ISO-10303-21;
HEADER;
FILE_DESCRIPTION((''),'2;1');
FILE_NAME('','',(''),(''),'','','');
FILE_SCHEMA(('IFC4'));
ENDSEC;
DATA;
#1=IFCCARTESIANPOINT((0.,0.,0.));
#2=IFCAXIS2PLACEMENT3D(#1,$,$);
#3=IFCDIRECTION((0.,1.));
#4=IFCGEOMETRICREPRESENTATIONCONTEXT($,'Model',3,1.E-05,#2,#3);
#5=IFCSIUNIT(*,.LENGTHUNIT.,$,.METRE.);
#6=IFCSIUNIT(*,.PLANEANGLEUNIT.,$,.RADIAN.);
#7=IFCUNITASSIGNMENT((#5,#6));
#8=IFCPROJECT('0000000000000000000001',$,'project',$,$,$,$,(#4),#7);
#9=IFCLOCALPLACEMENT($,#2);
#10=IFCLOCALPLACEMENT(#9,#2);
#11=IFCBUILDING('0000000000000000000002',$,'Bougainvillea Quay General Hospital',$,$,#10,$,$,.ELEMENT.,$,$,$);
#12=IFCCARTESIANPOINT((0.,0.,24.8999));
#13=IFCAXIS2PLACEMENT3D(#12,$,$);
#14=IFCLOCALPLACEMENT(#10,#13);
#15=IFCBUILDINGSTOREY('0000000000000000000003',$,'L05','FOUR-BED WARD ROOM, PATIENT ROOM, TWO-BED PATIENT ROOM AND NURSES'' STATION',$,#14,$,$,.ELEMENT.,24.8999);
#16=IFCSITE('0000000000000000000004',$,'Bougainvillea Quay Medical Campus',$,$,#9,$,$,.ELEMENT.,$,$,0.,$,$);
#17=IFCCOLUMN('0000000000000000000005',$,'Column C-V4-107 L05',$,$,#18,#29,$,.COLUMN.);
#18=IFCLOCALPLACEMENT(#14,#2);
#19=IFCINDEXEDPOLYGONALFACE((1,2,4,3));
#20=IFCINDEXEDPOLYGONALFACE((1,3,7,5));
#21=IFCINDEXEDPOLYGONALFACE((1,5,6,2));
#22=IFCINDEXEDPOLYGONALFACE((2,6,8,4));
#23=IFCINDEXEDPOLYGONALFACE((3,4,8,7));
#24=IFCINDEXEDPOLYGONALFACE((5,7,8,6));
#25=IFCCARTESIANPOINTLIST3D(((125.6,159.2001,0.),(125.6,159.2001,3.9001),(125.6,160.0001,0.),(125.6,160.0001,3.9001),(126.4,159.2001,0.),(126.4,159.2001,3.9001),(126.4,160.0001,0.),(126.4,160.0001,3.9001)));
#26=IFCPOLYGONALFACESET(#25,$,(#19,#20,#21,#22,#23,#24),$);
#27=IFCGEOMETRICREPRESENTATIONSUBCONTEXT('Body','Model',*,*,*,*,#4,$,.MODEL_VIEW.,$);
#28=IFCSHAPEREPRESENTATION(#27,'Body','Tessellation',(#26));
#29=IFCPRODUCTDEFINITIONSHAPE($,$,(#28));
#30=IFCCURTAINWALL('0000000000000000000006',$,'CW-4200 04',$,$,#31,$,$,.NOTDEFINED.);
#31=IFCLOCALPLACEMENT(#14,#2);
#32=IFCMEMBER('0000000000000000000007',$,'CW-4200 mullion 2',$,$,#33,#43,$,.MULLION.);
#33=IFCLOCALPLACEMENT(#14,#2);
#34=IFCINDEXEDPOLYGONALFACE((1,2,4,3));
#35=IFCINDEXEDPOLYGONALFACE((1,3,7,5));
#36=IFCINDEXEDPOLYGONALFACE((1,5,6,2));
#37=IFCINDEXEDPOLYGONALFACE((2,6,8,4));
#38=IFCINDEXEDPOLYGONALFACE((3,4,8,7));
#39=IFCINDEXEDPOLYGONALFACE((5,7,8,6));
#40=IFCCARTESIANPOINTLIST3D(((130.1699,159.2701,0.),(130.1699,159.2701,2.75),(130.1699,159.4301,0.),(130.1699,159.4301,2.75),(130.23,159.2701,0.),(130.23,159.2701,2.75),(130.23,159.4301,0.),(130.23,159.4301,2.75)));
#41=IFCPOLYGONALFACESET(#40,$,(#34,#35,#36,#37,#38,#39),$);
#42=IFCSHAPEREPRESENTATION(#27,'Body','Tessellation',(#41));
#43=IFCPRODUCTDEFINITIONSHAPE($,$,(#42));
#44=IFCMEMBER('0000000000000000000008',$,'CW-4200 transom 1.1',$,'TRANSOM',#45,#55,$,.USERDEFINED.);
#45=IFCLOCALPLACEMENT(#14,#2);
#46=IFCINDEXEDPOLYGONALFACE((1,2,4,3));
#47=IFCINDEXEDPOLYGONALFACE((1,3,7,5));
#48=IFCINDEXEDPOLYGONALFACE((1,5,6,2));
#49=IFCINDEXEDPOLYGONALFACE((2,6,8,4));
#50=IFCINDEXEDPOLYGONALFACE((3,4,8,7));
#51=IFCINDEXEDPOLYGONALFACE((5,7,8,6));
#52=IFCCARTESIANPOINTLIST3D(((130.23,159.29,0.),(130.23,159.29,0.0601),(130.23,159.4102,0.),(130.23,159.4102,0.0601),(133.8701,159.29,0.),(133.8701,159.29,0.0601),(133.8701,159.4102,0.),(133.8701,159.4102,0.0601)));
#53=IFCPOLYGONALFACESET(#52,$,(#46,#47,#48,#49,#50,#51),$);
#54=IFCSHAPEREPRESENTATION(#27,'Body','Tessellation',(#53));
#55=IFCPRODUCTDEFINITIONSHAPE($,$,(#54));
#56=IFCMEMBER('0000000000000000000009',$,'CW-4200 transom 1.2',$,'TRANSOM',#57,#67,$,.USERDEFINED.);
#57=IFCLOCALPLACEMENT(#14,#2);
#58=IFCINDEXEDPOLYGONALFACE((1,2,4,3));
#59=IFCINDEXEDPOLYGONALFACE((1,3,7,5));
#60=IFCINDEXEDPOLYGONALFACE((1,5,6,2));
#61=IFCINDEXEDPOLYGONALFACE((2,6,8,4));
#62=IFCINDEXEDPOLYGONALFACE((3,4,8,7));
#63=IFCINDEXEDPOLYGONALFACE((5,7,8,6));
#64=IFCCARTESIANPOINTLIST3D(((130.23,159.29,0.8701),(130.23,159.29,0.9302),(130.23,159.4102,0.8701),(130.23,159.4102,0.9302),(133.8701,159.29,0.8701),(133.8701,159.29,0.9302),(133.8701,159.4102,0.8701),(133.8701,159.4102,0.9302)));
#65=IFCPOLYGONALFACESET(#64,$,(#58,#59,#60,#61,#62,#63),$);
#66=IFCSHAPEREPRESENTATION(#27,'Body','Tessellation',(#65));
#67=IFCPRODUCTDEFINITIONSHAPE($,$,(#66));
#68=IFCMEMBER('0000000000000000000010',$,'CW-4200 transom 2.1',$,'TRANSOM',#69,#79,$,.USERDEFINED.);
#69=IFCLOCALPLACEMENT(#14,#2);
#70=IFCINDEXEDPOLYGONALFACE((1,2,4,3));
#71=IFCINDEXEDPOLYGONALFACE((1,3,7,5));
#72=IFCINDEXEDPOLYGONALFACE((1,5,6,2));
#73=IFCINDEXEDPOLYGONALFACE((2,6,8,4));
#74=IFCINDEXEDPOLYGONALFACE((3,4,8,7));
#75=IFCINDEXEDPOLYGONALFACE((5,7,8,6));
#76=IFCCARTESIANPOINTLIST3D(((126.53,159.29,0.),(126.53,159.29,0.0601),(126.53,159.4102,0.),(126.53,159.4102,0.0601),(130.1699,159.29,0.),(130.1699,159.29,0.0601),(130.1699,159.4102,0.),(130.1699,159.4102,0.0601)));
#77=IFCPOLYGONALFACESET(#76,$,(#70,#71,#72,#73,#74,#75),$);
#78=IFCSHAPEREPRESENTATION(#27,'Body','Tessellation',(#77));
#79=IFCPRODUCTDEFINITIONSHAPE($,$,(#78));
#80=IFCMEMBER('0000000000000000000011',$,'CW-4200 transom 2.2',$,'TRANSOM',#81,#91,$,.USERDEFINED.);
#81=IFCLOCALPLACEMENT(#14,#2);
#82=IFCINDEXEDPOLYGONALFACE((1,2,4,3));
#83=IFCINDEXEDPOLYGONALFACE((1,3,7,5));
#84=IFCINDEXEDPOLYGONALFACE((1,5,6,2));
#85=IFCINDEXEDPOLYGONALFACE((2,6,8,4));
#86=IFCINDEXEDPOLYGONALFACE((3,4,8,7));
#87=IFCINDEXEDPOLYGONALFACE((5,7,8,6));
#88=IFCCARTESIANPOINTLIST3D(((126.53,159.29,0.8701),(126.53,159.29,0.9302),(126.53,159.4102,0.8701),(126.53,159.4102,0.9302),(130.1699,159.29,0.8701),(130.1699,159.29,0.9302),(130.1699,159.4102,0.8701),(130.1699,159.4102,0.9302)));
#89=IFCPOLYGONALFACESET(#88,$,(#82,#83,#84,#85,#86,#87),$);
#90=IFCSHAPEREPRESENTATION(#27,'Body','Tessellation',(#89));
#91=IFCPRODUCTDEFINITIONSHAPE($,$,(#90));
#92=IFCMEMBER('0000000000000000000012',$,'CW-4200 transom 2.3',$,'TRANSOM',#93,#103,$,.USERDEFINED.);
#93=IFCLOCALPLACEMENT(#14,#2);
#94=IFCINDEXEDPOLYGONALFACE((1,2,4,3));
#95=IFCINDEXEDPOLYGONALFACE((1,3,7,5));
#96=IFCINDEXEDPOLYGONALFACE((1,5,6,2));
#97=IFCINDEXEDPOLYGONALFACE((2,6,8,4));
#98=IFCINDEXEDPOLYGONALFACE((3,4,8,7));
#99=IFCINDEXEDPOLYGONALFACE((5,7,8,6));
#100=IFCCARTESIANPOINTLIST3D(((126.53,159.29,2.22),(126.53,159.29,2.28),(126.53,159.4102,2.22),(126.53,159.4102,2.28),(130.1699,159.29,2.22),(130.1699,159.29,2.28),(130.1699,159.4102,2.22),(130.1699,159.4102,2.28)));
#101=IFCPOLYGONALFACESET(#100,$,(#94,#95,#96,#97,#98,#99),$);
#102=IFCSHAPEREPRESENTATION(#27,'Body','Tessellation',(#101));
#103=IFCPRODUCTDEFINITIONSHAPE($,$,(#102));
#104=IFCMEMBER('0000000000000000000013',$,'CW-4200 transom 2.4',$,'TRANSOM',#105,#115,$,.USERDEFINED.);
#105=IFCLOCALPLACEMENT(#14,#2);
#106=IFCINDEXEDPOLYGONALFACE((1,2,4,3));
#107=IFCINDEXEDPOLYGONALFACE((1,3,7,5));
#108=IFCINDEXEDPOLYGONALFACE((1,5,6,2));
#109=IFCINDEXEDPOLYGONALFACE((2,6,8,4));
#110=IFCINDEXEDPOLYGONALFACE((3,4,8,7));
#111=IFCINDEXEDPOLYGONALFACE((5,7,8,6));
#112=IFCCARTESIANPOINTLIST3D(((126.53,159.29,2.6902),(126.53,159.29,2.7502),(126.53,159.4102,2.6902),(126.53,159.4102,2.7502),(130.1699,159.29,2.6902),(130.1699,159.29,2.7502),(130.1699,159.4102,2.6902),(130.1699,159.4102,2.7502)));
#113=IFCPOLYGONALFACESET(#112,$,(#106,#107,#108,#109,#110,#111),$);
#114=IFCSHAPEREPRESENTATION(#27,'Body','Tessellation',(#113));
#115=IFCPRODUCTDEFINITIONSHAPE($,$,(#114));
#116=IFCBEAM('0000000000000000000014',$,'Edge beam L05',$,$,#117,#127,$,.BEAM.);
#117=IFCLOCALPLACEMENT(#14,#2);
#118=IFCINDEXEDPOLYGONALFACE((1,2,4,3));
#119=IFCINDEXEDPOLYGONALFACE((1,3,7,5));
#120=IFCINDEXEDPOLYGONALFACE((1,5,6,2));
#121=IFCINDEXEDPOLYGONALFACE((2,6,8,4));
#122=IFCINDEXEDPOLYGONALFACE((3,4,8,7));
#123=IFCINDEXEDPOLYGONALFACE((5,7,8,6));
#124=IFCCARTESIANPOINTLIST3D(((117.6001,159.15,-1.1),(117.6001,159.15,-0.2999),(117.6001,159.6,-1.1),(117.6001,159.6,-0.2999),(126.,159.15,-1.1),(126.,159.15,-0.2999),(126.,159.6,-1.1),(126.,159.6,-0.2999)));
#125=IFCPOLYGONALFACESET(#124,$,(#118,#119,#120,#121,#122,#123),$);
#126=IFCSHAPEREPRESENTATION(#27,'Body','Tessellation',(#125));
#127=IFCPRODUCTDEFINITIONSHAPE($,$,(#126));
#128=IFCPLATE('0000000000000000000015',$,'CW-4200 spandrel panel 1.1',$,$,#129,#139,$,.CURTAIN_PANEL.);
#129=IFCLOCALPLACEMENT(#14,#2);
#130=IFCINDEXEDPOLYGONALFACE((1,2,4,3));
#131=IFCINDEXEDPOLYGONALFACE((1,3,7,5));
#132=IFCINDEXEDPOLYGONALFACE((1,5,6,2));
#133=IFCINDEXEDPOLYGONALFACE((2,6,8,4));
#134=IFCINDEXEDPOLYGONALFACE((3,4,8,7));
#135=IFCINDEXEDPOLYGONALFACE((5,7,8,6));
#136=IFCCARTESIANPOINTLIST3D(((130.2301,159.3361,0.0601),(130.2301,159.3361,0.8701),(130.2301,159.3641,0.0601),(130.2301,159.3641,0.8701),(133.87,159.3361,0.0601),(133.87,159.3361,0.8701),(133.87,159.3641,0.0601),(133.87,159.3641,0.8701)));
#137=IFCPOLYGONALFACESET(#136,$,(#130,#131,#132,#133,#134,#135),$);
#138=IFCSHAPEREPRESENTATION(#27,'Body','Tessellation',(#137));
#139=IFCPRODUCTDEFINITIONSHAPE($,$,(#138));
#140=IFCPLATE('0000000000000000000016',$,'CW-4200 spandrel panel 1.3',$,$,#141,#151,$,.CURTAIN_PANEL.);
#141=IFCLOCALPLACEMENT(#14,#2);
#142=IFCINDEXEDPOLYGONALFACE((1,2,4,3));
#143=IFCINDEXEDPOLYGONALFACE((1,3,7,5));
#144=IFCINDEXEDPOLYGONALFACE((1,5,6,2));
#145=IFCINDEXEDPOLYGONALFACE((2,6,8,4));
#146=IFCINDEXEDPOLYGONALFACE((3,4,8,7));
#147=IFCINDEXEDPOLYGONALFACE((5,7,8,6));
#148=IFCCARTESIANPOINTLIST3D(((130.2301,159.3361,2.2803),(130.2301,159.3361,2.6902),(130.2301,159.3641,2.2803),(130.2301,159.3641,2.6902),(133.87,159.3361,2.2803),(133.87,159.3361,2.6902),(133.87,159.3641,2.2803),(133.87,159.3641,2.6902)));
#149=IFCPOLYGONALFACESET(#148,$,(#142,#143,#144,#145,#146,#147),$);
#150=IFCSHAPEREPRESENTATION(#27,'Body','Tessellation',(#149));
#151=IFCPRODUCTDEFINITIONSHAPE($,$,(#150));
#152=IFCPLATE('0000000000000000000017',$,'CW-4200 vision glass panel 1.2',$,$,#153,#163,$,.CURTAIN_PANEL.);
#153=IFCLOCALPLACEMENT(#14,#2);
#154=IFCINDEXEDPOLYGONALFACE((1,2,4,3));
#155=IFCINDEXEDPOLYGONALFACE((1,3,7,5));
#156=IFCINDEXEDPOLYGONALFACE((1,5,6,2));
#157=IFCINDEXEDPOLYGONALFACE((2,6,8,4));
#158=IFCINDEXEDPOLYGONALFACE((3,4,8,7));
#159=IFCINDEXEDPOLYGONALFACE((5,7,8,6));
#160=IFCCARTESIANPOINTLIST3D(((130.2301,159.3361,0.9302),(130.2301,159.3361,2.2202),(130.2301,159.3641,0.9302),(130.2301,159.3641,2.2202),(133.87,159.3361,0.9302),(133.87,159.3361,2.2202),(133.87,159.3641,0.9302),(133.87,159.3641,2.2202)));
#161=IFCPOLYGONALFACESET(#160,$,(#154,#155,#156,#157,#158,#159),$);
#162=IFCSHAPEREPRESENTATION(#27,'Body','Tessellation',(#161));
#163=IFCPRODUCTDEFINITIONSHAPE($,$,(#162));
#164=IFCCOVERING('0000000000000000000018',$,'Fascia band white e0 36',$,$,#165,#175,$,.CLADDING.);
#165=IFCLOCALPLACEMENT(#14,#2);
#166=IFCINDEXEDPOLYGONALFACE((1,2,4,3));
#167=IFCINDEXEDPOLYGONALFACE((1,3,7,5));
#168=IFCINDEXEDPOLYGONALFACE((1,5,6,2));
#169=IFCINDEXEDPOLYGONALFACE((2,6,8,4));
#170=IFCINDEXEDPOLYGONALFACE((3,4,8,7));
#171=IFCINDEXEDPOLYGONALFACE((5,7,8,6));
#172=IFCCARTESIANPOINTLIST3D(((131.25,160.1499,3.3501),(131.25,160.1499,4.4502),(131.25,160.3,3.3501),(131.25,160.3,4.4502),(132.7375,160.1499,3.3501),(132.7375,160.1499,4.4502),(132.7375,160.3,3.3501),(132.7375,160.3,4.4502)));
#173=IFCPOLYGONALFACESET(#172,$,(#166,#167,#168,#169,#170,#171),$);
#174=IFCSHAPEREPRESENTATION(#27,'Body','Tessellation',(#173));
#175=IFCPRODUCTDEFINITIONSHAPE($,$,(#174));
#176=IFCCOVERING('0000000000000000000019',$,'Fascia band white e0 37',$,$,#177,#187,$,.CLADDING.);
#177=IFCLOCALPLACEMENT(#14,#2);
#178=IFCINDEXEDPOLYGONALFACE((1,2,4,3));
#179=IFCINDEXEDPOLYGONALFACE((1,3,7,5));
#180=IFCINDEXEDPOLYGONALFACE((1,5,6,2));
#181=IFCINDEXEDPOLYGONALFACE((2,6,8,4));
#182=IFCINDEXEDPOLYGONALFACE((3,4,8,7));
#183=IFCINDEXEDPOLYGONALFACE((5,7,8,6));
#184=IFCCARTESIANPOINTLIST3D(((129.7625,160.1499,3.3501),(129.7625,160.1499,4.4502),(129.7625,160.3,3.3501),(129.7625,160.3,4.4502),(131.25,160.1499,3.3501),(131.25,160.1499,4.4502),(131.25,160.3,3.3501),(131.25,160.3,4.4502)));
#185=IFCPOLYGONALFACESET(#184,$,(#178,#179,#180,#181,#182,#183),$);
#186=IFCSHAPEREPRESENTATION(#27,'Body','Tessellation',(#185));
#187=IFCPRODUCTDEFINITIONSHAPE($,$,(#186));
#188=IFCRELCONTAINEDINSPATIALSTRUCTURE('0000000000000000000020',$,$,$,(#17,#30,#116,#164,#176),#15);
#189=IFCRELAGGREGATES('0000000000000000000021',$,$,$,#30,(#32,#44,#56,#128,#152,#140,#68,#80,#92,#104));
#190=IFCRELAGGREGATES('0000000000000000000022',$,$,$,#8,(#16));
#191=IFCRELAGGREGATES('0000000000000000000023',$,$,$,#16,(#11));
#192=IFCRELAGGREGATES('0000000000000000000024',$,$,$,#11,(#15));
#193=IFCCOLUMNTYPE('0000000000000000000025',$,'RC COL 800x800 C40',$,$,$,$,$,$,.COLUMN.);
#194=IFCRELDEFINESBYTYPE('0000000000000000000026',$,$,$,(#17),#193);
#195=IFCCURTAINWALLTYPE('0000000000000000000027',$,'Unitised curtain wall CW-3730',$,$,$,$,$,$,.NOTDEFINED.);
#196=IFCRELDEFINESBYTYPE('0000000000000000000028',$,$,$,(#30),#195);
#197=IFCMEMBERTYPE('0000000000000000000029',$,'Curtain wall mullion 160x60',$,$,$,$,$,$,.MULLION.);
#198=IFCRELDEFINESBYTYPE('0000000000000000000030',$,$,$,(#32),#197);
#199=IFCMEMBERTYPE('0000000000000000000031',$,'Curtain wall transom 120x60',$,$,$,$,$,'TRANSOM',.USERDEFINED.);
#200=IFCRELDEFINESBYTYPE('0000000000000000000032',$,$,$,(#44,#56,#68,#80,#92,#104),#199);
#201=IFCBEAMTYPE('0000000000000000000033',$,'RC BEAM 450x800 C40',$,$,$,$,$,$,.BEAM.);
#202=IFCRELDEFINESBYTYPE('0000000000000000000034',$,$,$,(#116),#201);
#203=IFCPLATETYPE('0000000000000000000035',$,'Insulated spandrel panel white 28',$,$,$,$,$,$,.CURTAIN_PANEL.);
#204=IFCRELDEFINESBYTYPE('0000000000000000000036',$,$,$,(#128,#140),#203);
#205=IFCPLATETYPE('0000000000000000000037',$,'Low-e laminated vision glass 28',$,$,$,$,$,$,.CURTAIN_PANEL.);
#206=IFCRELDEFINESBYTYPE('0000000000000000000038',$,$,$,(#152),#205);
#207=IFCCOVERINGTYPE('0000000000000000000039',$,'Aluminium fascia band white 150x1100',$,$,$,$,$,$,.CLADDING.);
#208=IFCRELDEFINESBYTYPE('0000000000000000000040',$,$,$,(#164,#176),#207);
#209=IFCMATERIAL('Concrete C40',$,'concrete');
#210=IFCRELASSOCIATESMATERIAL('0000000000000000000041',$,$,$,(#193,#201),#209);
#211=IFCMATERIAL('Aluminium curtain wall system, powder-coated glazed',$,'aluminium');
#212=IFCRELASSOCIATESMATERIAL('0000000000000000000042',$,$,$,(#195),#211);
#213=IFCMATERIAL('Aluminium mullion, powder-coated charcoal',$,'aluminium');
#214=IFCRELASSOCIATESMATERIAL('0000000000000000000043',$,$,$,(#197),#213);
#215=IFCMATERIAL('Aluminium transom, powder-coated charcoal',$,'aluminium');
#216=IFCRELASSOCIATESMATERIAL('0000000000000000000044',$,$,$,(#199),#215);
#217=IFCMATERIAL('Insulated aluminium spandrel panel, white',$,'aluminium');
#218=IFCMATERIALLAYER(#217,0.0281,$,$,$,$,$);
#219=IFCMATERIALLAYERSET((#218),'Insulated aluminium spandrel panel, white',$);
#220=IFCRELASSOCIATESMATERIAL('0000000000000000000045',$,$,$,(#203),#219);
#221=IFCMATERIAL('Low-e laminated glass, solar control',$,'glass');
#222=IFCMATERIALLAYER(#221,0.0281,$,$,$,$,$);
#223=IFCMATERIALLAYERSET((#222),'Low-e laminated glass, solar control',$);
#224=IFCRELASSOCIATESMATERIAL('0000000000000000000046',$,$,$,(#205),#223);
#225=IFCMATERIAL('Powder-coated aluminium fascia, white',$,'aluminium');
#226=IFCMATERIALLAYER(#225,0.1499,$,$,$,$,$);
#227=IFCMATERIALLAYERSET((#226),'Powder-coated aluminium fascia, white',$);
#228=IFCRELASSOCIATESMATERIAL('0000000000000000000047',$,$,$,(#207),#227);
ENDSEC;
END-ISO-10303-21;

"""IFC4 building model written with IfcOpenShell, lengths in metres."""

from ifc_helpers import new_model, si_unit, direction, frame, origin, origin_2d, place, context, subcontext, project, spatial, polyline, rectangle, outline, extrude, material, layer, layer_set, material_profile, profile_set, type_object, element, aggregate, save


model = new_model("IFC4")

# Units and contexts
model_context = context("Model", 3, precision=1e-05, world=origin(), true_north=direction((0.0, 1.0)))
body_context = subcontext(model_context, "Body", "Model", "MODEL_VIEW")
ifc_project = project(units=[si_unit("LENGTHUNIT", "METRE"), si_unit("PLANEANGLEUNIT", "RADIAN")], contexts=[model_context])

# Site, building, storey
site_placement = place(None, origin())
site = spatial("IfcSite", under=ifc_project, at=site_placement, Name="Bougainvillea Quay Medical Campus", CompositionType="ELEMENT", RefElevation=0.0)
building_placement = place(site_placement, origin())
building = spatial("IfcBuilding", under=site, at=building_placement, Name="Bougainvillea Quay General Hospital", CompositionType="ELEMENT")
storey_placement = place(building_placement, frame((0.0, 0.0, 24.8999)))
storey = spatial("IfcBuildingStorey", under=building, at=storey_placement, Name="L05", Description="FOUR-BED WARD ROOM, PATIENT ROOM, TWO-BED PATIENT ROOM AND NURSES' STATION", CompositionType="ELEMENT", Elevation=24.8999)

# Column
ifc_material_1 = material(Name="Concrete C40", Category="concrete")
ifc_material_profile_1 = material_profile(ifc_material_1, rectangle(XDim=0.8, YDim=0.8, at=origin_2d()))
ifc_profile_set_1 = profile_set([ifc_material_profile_1], Name="Concrete C40")
column_type = type_object("IfcColumnType", Name="RC COL 800x800 C40", PredefinedType="COLUMN", material=ifc_profile_set_1)
column_placement = place(storey_placement, frame((126.0, 159.6001, 0.0), z_axis=(0.0, 0.0, 1.0), x_axis=(1.0, 0.0, 0.0)))
element("IfcColumn", 1, at=column_placement, inside=storey, type_object=column_type, Name="Column C-V4-107 L05", PredefinedType="COLUMN", context=body_context, shape_type="SweptSolid", body=[
    extrude(rectangle(XDim=0.8, YDim=0.8, at=origin_2d()), origin(), (0.0, 0.0, 1.0), 3.9001),
])

# Curtain wall, members
ifc_material_2 = material(Name="Aluminium curtain wall system, powder-coated glazed", Category="aluminium")
curtain_wall_type = type_object("IfcCurtainWallType", Name="Unitised curtain wall CW-3730", PredefinedType="NOTDEFINED", material=ifc_material_2)
curtain_wall_placement = place(storey_placement, origin())
curtain_wall = element("IfcCurtainWall", 2, at=curtain_wall_placement, inside=storey, type_object=curtain_wall_type, Name="CW-4200 04", PredefinedType="NOTDEFINED")
ifc_material_3 = material(Name="Aluminium mullion, powder-coated charcoal", Category="aluminium")
ifc_material_profile_2 = material_profile(ifc_material_3, rectangle(XDim=0.1599, YDim=0.0601, at=origin_2d()))
ifc_profile_set_2 = profile_set([ifc_material_profile_2], Name="Aluminium mullion, powder-coated charcoal")
member_type_1 = type_object("IfcMemberType", Name="Curtain wall mullion 160x60", PredefinedType="MULLION", material=ifc_profile_set_2)
member_1_placement = place(storey_placement, frame((130.2, 159.3501, 0.0), z_axis=(0.0, 0.0, 1.0), x_axis=(0.0, -1.0, 0.0)))
member_1 = element("IfcMember", 3, at=member_1_placement, type_object=member_type_1, Name="CW-4200 mullion 2", PredefinedType="MULLION", context=body_context, shape_type="SweptSolid", body=[
    extrude(rectangle(XDim=0.1599, YDim=0.0601, at=origin_2d()), origin(), (0.0, 0.0, 1.0), 2.75),
])
ifc_material_4 = material(Name="Aluminium transom, powder-coated charcoal", Category="aluminium")
ifc_material_profile_3 = material_profile(ifc_material_4, rectangle(XDim=0.1201, YDim=0.0601, at=origin_2d()))
ifc_profile_set_3 = profile_set([ifc_material_profile_3], Name="Aluminium transom, powder-coated charcoal")
member_type_2 = type_object("IfcMemberType", Name="Curtain wall transom 120x60", ElementType="TRANSOM", PredefinedType="USERDEFINED", material=ifc_profile_set_3)
member_2_placement = place(storey_placement, frame((133.8701, 159.3501, 0.03), z_axis=(-1.0, 0.0, 0.0), x_axis=(0.0, -1.0, 0.0)))
member_2 = element("IfcMember", 4, at=member_2_placement, type_object=member_type_2, Name="CW-4200 transom 1.1", ObjectType="TRANSOM", PredefinedType="USERDEFINED", context=body_context, shape_type="SweptSolid", body=[
    extrude(rectangle(XDim=0.1201, YDim=0.0601, at=origin_2d()), origin(), (0.0, 0.0, 1.0), 3.6401),
])
member_3_placement = place(storey_placement, frame((133.8701, 159.3501, 0.9001), z_axis=(-1.0, 0.0, 0.0), x_axis=(0.0, -1.0, 0.0)))
member_3 = element("IfcMember", 5, at=member_3_placement, type_object=member_type_2, Name="CW-4200 transom 1.2", ObjectType="TRANSOM", PredefinedType="USERDEFINED", context=body_context, shape_type="SweptSolid", body=[
    extrude(rectangle(XDim=0.1201, YDim=0.0601, at=origin_2d()), origin(), (0.0, 0.0, 1.0), 3.6401),
])
member_4_placement = place(storey_placement, frame((130.1699, 159.3501, 0.03), z_axis=(-1.0, 0.0, 0.0), x_axis=(0.0, -1.0, 0.0)))
member_4 = element("IfcMember", 6, at=member_4_placement, type_object=member_type_2, Name="CW-4200 transom 2.1", ObjectType="TRANSOM", PredefinedType="USERDEFINED", context=body_context, shape_type="SweptSolid", body=[
    extrude(rectangle(XDim=0.1201, YDim=0.0601, at=origin_2d()), origin(), (0.0, 0.0, 1.0), 3.6399),
])
member_5_placement = place(storey_placement, frame((130.1699, 159.3501, 0.9001), z_axis=(-1.0, 0.0, 0.0), x_axis=(0.0, -1.0, 0.0)))
member_5 = element("IfcMember", 7, at=member_5_placement, type_object=member_type_2, Name="CW-4200 transom 2.2", ObjectType="TRANSOM", PredefinedType="USERDEFINED", context=body_context, shape_type="SweptSolid", body=[
    extrude(rectangle(XDim=0.1201, YDim=0.0601, at=origin_2d()), origin(), (0.0, 0.0, 1.0), 3.6399),
])
member_6_placement = place(storey_placement, frame((130.1699, 159.3501, 2.25), z_axis=(-1.0, 0.0, 0.0), x_axis=(0.0, -1.0, 0.0)))
member_6 = element("IfcMember", 8, at=member_6_placement, type_object=member_type_2, Name="CW-4200 transom 2.3", ObjectType="TRANSOM", PredefinedType="USERDEFINED", context=body_context, shape_type="SweptSolid", body=[
    extrude(rectangle(XDim=0.1201, YDim=0.0601, at=origin_2d()), origin(), (0.0, 0.0, 1.0), 3.6399),
])
member_7_placement = place(storey_placement, frame((130.1699, 159.3501, 2.7202), z_axis=(-1.0, 0.0, 0.0), x_axis=(0.0, -1.0, 0.0)))
member_7 = element("IfcMember", 9, at=member_7_placement, type_object=member_type_2, Name="CW-4200 transom 2.4", ObjectType="TRANSOM", PredefinedType="USERDEFINED", context=body_context, shape_type="SweptSolid", body=[
    extrude(rectangle(XDim=0.1201, YDim=0.0601, at=origin_2d()), origin(), (0.0, 0.0, 1.0), 3.6399),
])

# Beam
ifc_material_profile_4 = material_profile(ifc_material_1, rectangle(XDim=0.45, YDim=0.8, at=origin_2d()))
ifc_profile_set_4 = profile_set([ifc_material_profile_4], Name="Concrete C40")
beam_type = type_object("IfcBeamType", Name="RC BEAM 450x800 C40", PredefinedType="BEAM", material=ifc_profile_set_4)
beam_placement = place(storey_placement, frame((126.0, 159.375, -0.7), z_axis=(-1.0, 0.0, 0.0), x_axis=(0.0, -1.0, 0.0)))
element("IfcBeam", 10, at=beam_placement, inside=storey, type_object=beam_type, Name="Edge beam L05", PredefinedType="BEAM", context=body_context, shape_type="SweptSolid", body=[
    extrude(rectangle(XDim=0.45, YDim=0.8, at=origin_2d()), origin(), (0.0, 0.0, 1.0), 8.3999),
])

# Plates
ifc_material_5 = material(Name="Insulated aluminium spandrel panel, white", Category="aluminium")
ifc_layer_1 = layer(ifc_material_5, 0.0281)
ifc_layer_set_1 = layer_set([ifc_layer_1], Name="Insulated aluminium spandrel panel, white")
plate_type_1 = type_object("IfcPlateType", Name="Insulated spandrel panel white 28", PredefinedType="CURTAIN_PANEL", material=ifc_layer_set_1)
plate_1_placement = place(storey_placement, frame((132.05, 159.3501, 0.0601), z_axis=(0.0, 0.0, 1.0), x_axis=(-1.0, 0.0, 0.0)))
plate_1 = element("IfcPlate", 11, at=plate_1_placement, type_object=plate_type_1, Name="CW-4200 spandrel panel 1.1", PredefinedType="CURTAIN_PANEL", context=body_context, shape_type="SweptSolid", body=[
    extrude(rectangle(XDim=3.6399, YDim=0.0281, at=origin_2d()), origin(), (0.0, 0.0, 1.0), 0.8101),
])
plate_2_placement = place(storey_placement, frame((132.05, 159.3501, 2.2803), z_axis=(0.0, 0.0, 1.0), x_axis=(-1.0, 0.0, 0.0)))
plate_2 = element("IfcPlate", 12, at=plate_2_placement, type_object=plate_type_1, Name="CW-4200 spandrel panel 1.3", PredefinedType="CURTAIN_PANEL", context=body_context, shape_type="SweptSolid", body=[
    extrude(rectangle(XDim=3.6399, YDim=0.0281, at=origin_2d()), origin(), (0.0, 0.0, 1.0), 0.4099),
])
ifc_material_6 = material(Name="Low-e laminated glass, solar control", Category="glass")
ifc_layer_2 = layer(ifc_material_6, 0.0281)
ifc_layer_set_2 = layer_set([ifc_layer_2], Name="Low-e laminated glass, solar control")
plate_type_2 = type_object("IfcPlateType", Name="Low-e laminated vision glass 28", PredefinedType="CURTAIN_PANEL", material=ifc_layer_set_2)
plate_3_placement = place(storey_placement, frame((132.05, 159.3501, 0.9302), z_axis=(0.0, 0.0, 1.0), x_axis=(-1.0, 0.0, 0.0)))
plate_3 = element("IfcPlate", 13, at=plate_3_placement, type_object=plate_type_2, Name="CW-4200 vision glass panel 1.2", PredefinedType="CURTAIN_PANEL", context=body_context, shape_type="SweptSolid", body=[
    extrude(rectangle(XDim=3.6399, YDim=0.0281, at=origin_2d()), origin(), (0.0, 0.0, 1.0), 1.29),
])
aggregate(curtain_wall, [member_1, member_2, member_3, plate_1, plate_3, plate_2, member_4, member_5, member_6, member_7])

# Coverings
ifc_material_7 = material(Name="Powder-coated aluminium fascia, white", Category="aluminium")
ifc_layer_3 = layer(ifc_material_7, 0.1499)
ifc_layer_set_3 = layer_set([ifc_layer_3], Name="Powder-coated aluminium fascia, white")
covering_type = type_object("IfcCoveringType", Name="Aluminium fascia band white 150x1100", PredefinedType="CLADDING", material=ifc_layer_set_3)
for number, where, z_axis, x_axis, name in (
    (14, (132.7375, 160.1499, 3.3501), (0.0, 0.0, 1.0), (-1.0, 0.0, 0.0), "Fascia band white e0 36"),
    (15, (131.25, 160.1499, 3.3501), (0.0, 0.0, 1.0), (-1.0, 0.0, 0.0), "Fascia band white e0 37"),
):
    element("IfcCovering", number, at=place(storey_placement, frame(where, z_axis=z_axis, x_axis=x_axis)), inside=storey, type_object=covering_type, Name=name, PredefinedType="CLADDING", context=body_context, shape_type="SweptSolid", body=[
        extrude(outline(polyline([(0.0, 0.0), (1.4875, 0.0), (1.4875, -0.1501), (0.0, -0.1501), (0.0, 0.0)])), origin(), (0.0, 0.0, 1.0), 1.1001),
    ])

save(model, "model.ifc")
